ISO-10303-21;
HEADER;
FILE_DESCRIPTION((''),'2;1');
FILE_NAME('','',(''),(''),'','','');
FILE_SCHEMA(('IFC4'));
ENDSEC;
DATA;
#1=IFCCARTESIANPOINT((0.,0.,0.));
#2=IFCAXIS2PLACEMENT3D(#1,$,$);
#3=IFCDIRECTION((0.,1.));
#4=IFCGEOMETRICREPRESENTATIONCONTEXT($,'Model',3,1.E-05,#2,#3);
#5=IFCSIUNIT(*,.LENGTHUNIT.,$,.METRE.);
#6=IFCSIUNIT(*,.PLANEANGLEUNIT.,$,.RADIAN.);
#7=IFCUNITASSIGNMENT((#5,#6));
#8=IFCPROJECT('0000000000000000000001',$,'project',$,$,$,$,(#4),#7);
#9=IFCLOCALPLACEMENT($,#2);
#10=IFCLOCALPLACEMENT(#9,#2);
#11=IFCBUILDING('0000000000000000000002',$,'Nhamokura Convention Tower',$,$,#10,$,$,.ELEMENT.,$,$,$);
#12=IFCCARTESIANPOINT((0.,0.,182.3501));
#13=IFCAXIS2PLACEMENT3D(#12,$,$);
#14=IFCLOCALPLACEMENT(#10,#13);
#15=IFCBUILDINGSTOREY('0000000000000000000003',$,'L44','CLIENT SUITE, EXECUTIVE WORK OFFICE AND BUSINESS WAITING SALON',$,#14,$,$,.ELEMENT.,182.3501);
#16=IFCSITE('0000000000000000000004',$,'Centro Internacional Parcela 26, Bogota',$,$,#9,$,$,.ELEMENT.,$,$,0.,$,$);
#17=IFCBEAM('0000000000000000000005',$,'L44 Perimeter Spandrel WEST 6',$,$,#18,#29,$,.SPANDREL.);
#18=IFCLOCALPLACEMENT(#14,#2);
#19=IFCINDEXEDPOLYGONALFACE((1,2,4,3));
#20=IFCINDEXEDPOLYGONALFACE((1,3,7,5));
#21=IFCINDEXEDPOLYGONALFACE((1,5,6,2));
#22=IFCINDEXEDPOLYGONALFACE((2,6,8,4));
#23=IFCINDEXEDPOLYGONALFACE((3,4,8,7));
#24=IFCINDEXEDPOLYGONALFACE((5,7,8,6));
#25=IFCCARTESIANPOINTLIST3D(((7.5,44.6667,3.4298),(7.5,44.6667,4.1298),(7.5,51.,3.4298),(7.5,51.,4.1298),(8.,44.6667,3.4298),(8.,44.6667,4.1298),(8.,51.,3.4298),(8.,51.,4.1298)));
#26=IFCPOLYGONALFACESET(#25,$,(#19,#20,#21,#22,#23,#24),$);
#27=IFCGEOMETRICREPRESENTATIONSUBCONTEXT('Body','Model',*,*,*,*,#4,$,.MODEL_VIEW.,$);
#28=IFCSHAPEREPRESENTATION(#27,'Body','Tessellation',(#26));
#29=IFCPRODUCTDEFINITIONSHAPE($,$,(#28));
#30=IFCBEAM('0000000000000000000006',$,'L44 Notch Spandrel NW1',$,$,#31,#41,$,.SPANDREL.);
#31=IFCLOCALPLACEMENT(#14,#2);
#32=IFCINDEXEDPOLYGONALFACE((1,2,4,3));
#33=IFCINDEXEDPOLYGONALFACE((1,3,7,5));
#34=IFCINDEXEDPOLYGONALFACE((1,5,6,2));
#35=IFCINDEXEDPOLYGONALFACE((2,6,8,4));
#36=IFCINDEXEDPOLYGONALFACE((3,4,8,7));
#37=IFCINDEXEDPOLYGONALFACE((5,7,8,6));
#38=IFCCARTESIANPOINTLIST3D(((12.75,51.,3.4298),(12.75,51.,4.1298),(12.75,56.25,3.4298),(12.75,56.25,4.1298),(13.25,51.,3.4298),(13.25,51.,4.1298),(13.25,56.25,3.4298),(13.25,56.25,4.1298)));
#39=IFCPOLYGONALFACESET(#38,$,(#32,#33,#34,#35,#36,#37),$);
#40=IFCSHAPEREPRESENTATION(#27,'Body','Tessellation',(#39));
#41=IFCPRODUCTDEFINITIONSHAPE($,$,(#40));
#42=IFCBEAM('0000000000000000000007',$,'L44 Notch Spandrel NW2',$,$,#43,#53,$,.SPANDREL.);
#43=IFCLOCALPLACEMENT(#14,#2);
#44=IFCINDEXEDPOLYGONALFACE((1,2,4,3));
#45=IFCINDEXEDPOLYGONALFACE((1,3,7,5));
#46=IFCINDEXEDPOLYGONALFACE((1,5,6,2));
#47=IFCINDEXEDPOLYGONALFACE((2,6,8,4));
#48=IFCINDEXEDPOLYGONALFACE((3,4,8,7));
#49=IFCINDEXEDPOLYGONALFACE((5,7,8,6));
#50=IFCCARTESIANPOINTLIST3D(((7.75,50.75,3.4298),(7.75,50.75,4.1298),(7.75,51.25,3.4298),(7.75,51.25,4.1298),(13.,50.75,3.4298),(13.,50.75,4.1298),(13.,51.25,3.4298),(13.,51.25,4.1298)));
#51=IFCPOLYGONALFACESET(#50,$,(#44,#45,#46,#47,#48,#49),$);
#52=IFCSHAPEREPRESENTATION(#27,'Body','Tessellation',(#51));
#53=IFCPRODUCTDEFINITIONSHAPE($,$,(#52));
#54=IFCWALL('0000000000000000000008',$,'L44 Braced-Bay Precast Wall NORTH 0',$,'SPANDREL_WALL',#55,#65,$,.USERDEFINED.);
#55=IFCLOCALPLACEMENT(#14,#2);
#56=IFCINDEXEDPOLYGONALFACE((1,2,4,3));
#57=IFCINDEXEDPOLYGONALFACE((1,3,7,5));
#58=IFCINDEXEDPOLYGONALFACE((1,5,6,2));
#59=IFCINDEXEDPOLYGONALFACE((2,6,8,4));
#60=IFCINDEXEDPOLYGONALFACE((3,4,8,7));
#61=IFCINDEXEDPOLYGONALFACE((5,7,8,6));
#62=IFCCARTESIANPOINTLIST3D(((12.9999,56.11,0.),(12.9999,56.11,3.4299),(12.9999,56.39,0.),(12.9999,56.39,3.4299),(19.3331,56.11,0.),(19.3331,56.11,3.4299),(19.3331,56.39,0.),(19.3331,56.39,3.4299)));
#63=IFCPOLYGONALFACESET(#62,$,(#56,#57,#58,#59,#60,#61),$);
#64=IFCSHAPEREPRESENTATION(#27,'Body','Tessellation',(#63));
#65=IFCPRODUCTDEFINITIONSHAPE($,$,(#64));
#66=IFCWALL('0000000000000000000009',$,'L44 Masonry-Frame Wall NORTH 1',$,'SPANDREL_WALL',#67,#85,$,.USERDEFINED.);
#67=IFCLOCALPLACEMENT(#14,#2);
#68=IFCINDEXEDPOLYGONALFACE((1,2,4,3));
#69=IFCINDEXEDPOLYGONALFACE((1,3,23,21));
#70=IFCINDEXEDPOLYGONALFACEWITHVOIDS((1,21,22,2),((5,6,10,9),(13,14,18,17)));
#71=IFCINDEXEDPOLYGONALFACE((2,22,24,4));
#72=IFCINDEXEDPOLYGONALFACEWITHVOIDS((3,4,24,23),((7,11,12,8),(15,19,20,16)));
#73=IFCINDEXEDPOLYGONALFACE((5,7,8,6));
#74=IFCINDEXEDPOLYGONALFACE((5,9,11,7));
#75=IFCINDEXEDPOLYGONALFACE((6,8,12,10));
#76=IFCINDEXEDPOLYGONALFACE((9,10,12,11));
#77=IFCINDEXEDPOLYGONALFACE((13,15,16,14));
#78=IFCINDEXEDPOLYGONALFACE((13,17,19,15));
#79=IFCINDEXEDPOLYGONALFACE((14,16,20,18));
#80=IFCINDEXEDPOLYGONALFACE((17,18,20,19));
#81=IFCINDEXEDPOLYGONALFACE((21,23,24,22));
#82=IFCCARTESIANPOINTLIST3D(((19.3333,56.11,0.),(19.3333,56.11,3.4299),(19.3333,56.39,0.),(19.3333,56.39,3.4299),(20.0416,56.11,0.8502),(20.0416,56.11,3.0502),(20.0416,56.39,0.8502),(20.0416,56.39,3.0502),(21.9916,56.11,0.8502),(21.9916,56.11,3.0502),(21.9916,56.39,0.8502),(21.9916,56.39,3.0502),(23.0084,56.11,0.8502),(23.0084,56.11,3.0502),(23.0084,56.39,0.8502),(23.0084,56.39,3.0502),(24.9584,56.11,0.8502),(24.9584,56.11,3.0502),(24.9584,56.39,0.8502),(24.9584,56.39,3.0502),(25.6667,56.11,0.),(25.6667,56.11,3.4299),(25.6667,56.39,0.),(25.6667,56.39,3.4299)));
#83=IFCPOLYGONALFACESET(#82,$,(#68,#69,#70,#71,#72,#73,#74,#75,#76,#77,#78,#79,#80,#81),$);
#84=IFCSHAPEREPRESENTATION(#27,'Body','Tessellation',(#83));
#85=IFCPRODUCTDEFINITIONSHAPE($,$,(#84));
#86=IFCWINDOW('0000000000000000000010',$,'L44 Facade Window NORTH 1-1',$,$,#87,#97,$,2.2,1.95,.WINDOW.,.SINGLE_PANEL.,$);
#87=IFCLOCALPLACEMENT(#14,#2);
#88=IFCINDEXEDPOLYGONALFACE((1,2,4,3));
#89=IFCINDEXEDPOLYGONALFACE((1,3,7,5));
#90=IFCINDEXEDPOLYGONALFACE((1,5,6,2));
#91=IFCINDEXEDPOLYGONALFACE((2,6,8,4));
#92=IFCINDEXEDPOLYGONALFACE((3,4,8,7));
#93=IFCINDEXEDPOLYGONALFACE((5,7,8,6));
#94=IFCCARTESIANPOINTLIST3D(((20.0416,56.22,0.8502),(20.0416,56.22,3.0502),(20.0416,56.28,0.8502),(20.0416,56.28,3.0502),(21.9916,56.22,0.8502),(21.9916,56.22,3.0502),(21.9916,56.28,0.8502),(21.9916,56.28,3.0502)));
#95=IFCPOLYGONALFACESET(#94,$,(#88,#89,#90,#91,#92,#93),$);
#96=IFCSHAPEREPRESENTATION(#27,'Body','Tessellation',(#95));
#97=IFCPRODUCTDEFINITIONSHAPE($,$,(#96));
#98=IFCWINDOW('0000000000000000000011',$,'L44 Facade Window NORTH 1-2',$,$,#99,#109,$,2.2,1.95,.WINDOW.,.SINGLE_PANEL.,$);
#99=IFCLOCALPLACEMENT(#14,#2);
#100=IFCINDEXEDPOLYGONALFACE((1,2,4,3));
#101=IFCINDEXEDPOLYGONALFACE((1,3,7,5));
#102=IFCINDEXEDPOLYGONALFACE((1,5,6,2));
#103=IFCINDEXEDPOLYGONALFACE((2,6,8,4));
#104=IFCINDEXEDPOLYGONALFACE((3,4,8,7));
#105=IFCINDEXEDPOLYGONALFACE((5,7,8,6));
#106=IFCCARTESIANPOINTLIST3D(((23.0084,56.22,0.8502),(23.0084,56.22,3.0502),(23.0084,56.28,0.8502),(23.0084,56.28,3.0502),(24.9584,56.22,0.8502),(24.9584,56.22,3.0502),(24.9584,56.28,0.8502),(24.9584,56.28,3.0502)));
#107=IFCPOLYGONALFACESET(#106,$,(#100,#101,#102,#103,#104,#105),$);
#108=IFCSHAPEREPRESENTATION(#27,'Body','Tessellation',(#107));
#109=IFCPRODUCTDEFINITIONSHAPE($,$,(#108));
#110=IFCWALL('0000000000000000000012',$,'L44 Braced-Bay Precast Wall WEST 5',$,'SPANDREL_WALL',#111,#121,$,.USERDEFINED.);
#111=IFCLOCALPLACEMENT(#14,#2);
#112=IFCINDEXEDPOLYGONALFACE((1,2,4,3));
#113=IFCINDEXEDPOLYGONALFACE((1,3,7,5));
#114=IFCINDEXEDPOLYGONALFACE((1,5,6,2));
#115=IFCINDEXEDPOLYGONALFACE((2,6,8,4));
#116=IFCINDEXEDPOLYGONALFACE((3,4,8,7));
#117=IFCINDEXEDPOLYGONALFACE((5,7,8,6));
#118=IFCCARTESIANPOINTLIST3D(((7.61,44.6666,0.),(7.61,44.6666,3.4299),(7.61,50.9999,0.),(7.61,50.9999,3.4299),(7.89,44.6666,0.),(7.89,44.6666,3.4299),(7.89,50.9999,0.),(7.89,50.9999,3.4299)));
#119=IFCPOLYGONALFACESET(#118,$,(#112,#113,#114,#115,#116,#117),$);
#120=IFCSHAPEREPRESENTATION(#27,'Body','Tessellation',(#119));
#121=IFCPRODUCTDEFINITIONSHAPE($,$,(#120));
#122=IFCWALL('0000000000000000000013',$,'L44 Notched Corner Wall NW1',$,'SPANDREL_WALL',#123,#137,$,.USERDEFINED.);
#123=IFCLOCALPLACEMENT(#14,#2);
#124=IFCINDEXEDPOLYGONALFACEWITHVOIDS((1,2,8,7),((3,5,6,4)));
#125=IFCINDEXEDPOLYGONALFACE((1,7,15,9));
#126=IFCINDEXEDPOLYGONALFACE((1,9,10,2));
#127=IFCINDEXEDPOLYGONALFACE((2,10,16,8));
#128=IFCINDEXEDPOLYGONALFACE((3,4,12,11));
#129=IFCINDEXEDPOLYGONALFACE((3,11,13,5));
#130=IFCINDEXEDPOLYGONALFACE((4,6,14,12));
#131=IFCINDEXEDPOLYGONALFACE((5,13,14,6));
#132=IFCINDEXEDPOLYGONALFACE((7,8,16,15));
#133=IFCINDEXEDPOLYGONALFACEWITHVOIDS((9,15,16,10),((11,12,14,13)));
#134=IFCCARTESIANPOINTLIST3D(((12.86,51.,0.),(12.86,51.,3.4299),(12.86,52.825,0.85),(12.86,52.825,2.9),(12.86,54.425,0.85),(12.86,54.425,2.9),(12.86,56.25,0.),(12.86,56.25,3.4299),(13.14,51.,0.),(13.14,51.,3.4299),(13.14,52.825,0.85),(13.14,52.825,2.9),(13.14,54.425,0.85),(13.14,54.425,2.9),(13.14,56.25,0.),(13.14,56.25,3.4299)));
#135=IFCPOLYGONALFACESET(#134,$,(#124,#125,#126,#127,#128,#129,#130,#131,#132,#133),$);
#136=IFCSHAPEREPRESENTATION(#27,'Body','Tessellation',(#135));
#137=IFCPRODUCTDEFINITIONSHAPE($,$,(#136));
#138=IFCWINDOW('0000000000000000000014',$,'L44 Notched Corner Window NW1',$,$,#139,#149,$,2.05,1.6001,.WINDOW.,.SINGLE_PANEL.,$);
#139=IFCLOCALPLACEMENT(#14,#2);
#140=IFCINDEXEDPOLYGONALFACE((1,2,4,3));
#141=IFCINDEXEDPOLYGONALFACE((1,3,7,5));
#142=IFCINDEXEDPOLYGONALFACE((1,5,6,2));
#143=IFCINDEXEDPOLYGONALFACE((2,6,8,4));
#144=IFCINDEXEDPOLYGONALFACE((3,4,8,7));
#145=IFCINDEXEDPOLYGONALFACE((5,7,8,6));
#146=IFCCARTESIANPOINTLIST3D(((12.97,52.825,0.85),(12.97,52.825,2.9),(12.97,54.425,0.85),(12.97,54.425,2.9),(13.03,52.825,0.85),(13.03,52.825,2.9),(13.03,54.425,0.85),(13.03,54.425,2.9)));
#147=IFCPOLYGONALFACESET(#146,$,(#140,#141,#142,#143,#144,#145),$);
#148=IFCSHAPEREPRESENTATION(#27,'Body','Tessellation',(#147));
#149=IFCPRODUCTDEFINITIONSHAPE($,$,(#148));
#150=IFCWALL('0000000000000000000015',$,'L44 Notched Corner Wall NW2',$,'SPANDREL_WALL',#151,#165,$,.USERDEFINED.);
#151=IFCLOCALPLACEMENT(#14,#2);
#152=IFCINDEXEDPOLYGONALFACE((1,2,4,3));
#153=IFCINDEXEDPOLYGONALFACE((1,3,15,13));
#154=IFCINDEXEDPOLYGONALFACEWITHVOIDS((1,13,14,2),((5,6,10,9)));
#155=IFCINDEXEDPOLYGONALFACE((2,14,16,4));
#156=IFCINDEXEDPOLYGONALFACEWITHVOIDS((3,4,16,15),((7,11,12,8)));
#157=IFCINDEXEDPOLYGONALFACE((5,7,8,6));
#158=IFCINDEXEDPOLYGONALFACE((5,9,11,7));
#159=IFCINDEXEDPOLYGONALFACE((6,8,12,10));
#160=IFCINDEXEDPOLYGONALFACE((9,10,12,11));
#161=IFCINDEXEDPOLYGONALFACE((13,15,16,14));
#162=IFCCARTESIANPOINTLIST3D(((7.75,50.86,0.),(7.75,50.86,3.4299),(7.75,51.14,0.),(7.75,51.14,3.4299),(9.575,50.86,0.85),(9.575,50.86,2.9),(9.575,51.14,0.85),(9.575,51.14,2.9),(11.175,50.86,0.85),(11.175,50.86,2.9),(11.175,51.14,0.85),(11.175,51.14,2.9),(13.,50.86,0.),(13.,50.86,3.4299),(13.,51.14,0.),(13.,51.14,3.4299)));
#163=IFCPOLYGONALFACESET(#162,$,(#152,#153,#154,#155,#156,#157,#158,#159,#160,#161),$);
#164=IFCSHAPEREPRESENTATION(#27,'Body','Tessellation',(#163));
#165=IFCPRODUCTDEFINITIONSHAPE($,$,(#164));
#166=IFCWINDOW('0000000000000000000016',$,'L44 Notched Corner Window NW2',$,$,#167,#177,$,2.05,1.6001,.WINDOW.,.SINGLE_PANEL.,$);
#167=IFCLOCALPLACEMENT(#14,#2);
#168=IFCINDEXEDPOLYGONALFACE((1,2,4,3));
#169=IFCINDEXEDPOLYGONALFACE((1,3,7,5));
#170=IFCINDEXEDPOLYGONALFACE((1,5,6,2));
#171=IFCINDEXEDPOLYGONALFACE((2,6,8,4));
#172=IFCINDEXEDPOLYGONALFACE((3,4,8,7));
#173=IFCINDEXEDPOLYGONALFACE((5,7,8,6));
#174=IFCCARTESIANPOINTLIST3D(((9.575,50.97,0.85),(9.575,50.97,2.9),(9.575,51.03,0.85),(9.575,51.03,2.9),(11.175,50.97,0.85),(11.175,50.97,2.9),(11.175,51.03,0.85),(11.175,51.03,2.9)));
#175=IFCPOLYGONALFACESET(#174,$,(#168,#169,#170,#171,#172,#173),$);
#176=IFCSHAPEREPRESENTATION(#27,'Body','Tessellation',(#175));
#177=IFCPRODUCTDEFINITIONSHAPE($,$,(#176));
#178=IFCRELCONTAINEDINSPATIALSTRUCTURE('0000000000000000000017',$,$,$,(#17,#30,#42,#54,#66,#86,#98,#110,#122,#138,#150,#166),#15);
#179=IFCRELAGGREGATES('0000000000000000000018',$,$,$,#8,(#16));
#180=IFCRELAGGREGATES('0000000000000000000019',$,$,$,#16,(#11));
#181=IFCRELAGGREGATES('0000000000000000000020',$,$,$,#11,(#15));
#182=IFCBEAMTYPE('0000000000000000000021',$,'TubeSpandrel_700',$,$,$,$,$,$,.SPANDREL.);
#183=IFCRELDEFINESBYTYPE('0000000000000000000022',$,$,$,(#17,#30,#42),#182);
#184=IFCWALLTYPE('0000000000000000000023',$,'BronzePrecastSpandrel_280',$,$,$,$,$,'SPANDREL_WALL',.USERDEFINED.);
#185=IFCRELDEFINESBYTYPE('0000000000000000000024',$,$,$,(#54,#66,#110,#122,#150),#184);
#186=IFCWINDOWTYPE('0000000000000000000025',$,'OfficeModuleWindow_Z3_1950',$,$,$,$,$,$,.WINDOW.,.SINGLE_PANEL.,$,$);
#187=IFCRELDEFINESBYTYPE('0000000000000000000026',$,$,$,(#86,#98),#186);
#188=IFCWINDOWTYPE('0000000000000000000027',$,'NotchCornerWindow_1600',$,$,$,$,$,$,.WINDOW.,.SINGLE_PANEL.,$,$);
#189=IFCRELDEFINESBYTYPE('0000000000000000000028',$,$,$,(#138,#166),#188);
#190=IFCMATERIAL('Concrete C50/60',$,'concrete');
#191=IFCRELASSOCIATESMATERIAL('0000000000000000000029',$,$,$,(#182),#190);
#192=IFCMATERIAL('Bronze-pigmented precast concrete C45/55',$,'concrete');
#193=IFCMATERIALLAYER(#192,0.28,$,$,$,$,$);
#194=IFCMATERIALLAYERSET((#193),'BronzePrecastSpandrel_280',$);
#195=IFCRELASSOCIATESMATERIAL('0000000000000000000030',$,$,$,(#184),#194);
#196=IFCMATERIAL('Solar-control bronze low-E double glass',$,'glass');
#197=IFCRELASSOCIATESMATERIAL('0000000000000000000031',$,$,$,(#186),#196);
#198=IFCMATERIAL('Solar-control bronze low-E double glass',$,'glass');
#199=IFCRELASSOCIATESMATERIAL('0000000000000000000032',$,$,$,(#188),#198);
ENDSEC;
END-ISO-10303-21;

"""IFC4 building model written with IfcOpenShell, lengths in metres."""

from ifc_helpers import new_model, si_unit, direction, frame, frame_2d, origin, origin_2d, place, context, subcontext, project, spatial, rectangle, extrude, material, layer, layer_set, material_profile, profile_set, type_object, element, fill, save


model = new_model("IFC4")

# Units and contexts
model_context = context("Model", 3, precision=1e-05, world=origin(), true_north=direction((0.0, 1.0)))
body_context = subcontext(model_context, "Body", "Model", "MODEL_VIEW")
ifc_project = project(units=[si_unit("LENGTHUNIT", "METRE"), si_unit("PLANEANGLEUNIT", "RADIAN")], contexts=[model_context])

# Site, building, storey
site_placement = place(None, origin())
site = spatial("IfcSite", under=ifc_project, at=site_placement, Name="Centro Internacional Parcela 26, Bogota", CompositionType="ELEMENT", RefElevation=0.0)
building_placement = place(site_placement, origin())
building = spatial("IfcBuilding", under=site, at=building_placement, Name="Nhamokura Convention Tower", CompositionType="ELEMENT")
storey_placement = place(building_placement, frame((0.0, 0.0, 182.3501)))
storey = spatial("IfcBuildingStorey", under=building, at=storey_placement, Name="L44", Description="CLIENT SUITE, EXECUTIVE WORK OFFICE AND BUSINESS WAITING SALON", CompositionType="ELEMENT", Elevation=182.3501)

# Beams
ifc_material_1 = material(Name="Concrete C50/60", Category="concrete")
ifc_material_profile_1 = material_profile(ifc_material_1, rectangle(XDim=0.5, YDim=0.7, at=origin_2d()))
ifc_profile_set_1 = profile_set([ifc_material_profile_1], Name="Concrete C50/60")
beam_type_1 = type_object("IfcBeamType", Name="TubeSpandrel_700", PredefinedType="SPANDREL", material=ifc_profile_set_1)
beam_1_placement = place(storey_placement, frame((7.75, 44.6667, 3.7798), z_axis=(0.0, 1.0, 0.0), x_axis=(-1.0, 0.0, 0.0)))
element("IfcBeam", 1, at=beam_1_placement, inside=storey, type_object=beam_type_1, Name="L44 Perimeter Spandrel WEST 6", PredefinedType="SPANDREL", context=body_context, shape_type="SweptSolid", body=[
    extrude(rectangle(XDim=0.5, YDim=0.7, at=origin_2d()), origin(), (0.0, 0.0, 1.0), 6.3333),
])
for number, where, z_axis, x_axis, name in (
    (2, (13.0, 56.25, 3.7798), (0.0, -1.0, 0.0), (1.0, 0.0, 0.0), "L44 Notch Spandrel NW1"),
    (3, (13.0, 51.0, 3.7798), (-1.0, 0.0, 0.0), (0.0, -1.0, 0.0), "L44 Notch Spandrel NW2"),
):
    element("IfcBeam", number, at=place(storey_placement, frame(where, z_axis=z_axis, x_axis=x_axis)), inside=storey, type_object=beam_type_1, Name=name, PredefinedType="SPANDREL", context=body_context, shape_type="SweptSolid", body=[
        extrude(rectangle(XDim=0.5, YDim=0.7, at=origin_2d()), origin(), (0.0, 0.0, 1.0), 5.25),
    ])

# Wall
ifc_material_2 = material(Name="Bronze-pigmented precast concrete C45/55", Category="concrete")
ifc_layer_1 = layer(ifc_material_2, 0.28)
ifc_layer_set_1 = layer_set([ifc_layer_1], Name="BronzePrecastSpandrel_280")
wall_type_1 = type_object("IfcWallType", Name="BronzePrecastSpandrel_280", ElementType="SPANDREL_WALL", PredefinedType="USERDEFINED", material=ifc_layer_set_1)
wall_1_placement = place(storey_placement, frame((13.0, 56.25, 0.0), z_axis=(0.0, 0.0, 1.0), x_axis=(1.0, 0.0, 0.0)))
element("IfcWall", 4, at=wall_1_placement, inside=storey, type_object=wall_type_1, Name="L44 Braced-Bay Precast Wall NORTH 0", ObjectType="SPANDREL_WALL", PredefinedType="USERDEFINED", context=body_context, shape_type="SweptSolid", body=[
    extrude(rectangle(XDim=6.3333, YDim=0.28, at=frame_2d((3.1665, 0.0))), origin(), (0.0, 0.0, 1.0), 3.4299),
])

# Wall, openings, windows
wall_2_placement = place(storey_placement, frame((19.3333, 56.25, 0.0), z_axis=(0.0, 0.0, 1.0), x_axis=(1.0, 0.0, 0.0)))
wall_2 = element("IfcWall", 5, at=wall_2_placement, inside=storey, type_object=wall_type_1, Name="L44 Masonry-Frame Wall NORTH 1", ObjectType="SPANDREL_WALL", PredefinedType="USERDEFINED", context=body_context, shape_type="SweptSolid", body=[
    extrude(rectangle(XDim=6.3335, YDim=0.28, at=frame_2d((3.1667, 0.0))), origin(), (0.0, 0.0, 1.0), 3.4299),
])
opening_1_placement = place(wall_2_placement, frame((0.7083, 0.0, 0.8501)))
opening_1 = element("IfcOpeningElement", 6, at=opening_1_placement, cuts=wall_2, PredefinedType="OPENING", context=body_context, shape_type="SweptSolid", body=[
    extrude(rectangle(XDim=1.95, YDim=2.2, at=frame_2d((0.9751, 1.1001))), frame((0.0, 0.1499, 0.0), z_axis=(0.0, -1.0, 0.0), x_axis=(1.0, 0.0, 0.0)), (0.0, 0.0, 1.0), 0.3),
])
opening_2_placement = place(wall_2_placement, frame((3.675, 0.0, 0.8501)))
opening_2 = element("IfcOpeningElement", 7, at=opening_2_placement, cuts=wall_2, PredefinedType="OPENING", context=body_context, shape_type="SweptSolid", body=[
    extrude(rectangle(XDim=1.95, YDim=2.2, at=frame_2d((0.9751, 1.1001))), frame((0.0, 0.1499, 0.0), z_axis=(0.0, -1.0, 0.0), x_axis=(1.0, 0.0, 0.0)), (0.0, 0.0, 1.0), 0.3),
])
ifc_material_3 = material(Name="Solar-control bronze low-E double glass", Category="glass")
window_type_1 = type_object("IfcWindowType", Name="OfficeModuleWindow_Z3_1950", PartitioningType="SINGLE_PANEL", PredefinedType="WINDOW", material=ifc_material_3)
window_1_placement = place(opening_1_placement, origin())
window_1 = element("IfcWindow", 8, at=window_1_placement, inside=storey, type_object=window_type_1, Name="L44 Facade Window NORTH 1-1", OverallHeight=2.2, OverallWidth=1.95, PartitioningType="SINGLE_PANEL", PredefinedType="WINDOW", context=body_context, shape_type="SweptSolid", body=[
    extrude(rectangle(XDim=1.95, YDim=2.2, at=frame_2d((0.9751, 1.1001))), frame((0.0, 0.03, 0.0), z_axis=(0.0, -1.0, 0.0), x_axis=(1.0, 0.0, 0.0)), (0.0, 0.0, 1.0), 0.0601),
])
fill(opening_1, window_1)
window_2_placement = place(opening_2_placement, origin())
window_2 = element("IfcWindow", 9, at=window_2_placement, inside=storey, type_object=window_type_1, Name="L44 Facade Window NORTH 1-2", OverallHeight=2.2, OverallWidth=1.95, PartitioningType="SINGLE_PANEL", PredefinedType="WINDOW", context=body_context, shape_type="SweptSolid", body=[
    extrude(rectangle(XDim=1.95, YDim=2.2, at=frame_2d((0.9751, 1.1001))), frame((0.0, 0.03, 0.0), z_axis=(0.0, -1.0, 0.0), x_axis=(1.0, 0.0, 0.0)), (0.0, 0.0, 1.0), 0.0601),
])
fill(opening_2, window_2)

# Wall
wall_3_placement = place(storey_placement, frame((7.75, 44.6667, 0.0), z_axis=(0.0, 0.0, 1.0), x_axis=(0.0, 1.0, 0.0)))
element("IfcWall", 10, at=wall_3_placement, inside=storey, type_object=wall_type_1, Name="L44 Braced-Bay Precast Wall WEST 5", ObjectType="SPANDREL_WALL", PredefinedType="USERDEFINED", context=body_context, shape_type="SweptSolid", body=[
    extrude(rectangle(XDim=6.3333, YDim=0.28, at=frame_2d((3.1665, 0.0))), origin(), (0.0, 0.0, 1.0), 3.4299),
])

# Walls, openings, windows
wall_4_placement = place(storey_placement, frame((13.0, 51.0, 0.0), z_axis=(0.0, 0.0, 1.0), x_axis=(0.0, 1.0, 0.0)))
wall_4 = element("IfcWall", 11, at=wall_4_placement, inside=storey, type_object=wall_type_1, Name="L44 Notched Corner Wall NW1", ObjectType="SPANDREL_WALL", PredefinedType="USERDEFINED", context=body_context, shape_type="SweptSolid", body=[
    extrude(rectangle(XDim=5.25, YDim=0.28, at=frame_2d((2.625, 0.0))), origin(), (0.0, 0.0, 1.0), 3.4299),
])
opening_3_placement = place(wall_4_placement, frame((1.825, 0.0, 0.8501)))
opening_3 = element("IfcOpeningElement", 12, at=opening_3_placement, cuts=wall_4, PredefinedType="OPENING", context=body_context, shape_type="SweptSolid", body=[
    extrude(rectangle(XDim=1.6001, YDim=2.05, at=frame_2d((0.8, 1.0249))), frame((0.0, 0.1499, 0.0), z_axis=(0.0, -1.0, 0.0), x_axis=(1.0, 0.0, 0.0)), (0.0, 0.0, 1.0), 0.3),
])
ifc_material_4 = material(Name="Solar-control bronze low-E double glass", Category="glass")
window_type_2 = type_object("IfcWindowType", Name="NotchCornerWindow_1600", PartitioningType="SINGLE_PANEL", PredefinedType="WINDOW", material=ifc_material_4)
window_3_placement = place(opening_3_placement, origin())
window_3 = element("IfcWindow", 13, at=window_3_placement, inside=storey, type_object=window_type_2, Name="L44 Notched Corner Window NW1", OverallHeight=2.05, OverallWidth=1.6001, PartitioningType="SINGLE_PANEL", PredefinedType="WINDOW", context=body_context, shape_type="SweptSolid", body=[
    extrude(rectangle(XDim=1.6001, YDim=2.05, at=frame_2d((0.8, 1.0249))), frame((0.0, 0.03, 0.0), z_axis=(0.0, -1.0, 0.0), x_axis=(1.0, 0.0, 0.0)), (0.0, 0.0, 1.0), 0.0601),
])
fill(opening_3, window_3)
wall_5_placement = place(storey_placement, frame((7.75, 51.0, 0.0), z_axis=(0.0, 0.0, 1.0), x_axis=(1.0, 0.0, 0.0)))
wall_5 = element("IfcWall", 14, at=wall_5_placement, inside=storey, type_object=wall_type_1, Name="L44 Notched Corner Wall NW2", ObjectType="SPANDREL_WALL", PredefinedType="USERDEFINED", context=body_context, shape_type="SweptSolid", body=[
    extrude(rectangle(XDim=5.25, YDim=0.28, at=frame_2d((2.625, 0.0))), origin(), (0.0, 0.0, 1.0), 3.4299),
])
opening_4_placement = place(wall_5_placement, frame((1.825, 0.0, 0.8501)))
opening_4 = element("IfcOpeningElement", 15, at=opening_4_placement, cuts=wall_5, PredefinedType="OPENING", context=body_context, shape_type="SweptSolid", body=[
    extrude(rectangle(XDim=1.6001, YDim=2.05, at=frame_2d((0.8, 1.0249))), frame((0.0, 0.1499, 0.0), z_axis=(0.0, -1.0, 0.0), x_axis=(1.0, 0.0, 0.0)), (0.0, 0.0, 1.0), 0.3),
])
window_4_placement = place(opening_4_placement, origin())
window_4 = element("IfcWindow", 16, at=window_4_placement, inside=storey, type_object=window_type_2, Name="L44 Notched Corner Window NW2", OverallHeight=2.05, OverallWidth=1.6001, PartitioningType="SINGLE_PANEL", PredefinedType="WINDOW", context=body_context, shape_type="SweptSolid", body=[
    extrude(rectangle(XDim=1.6001, YDim=2.05, at=frame_2d((0.8, 1.0249))), frame((0.0, 0.03, 0.0), z_axis=(0.0, -1.0, 0.0), x_axis=(1.0, 0.0, 0.0)), (0.0, 0.0, 1.0), 0.0601),
])
fill(opening_4, window_4)

save(model, "model.ifc")
